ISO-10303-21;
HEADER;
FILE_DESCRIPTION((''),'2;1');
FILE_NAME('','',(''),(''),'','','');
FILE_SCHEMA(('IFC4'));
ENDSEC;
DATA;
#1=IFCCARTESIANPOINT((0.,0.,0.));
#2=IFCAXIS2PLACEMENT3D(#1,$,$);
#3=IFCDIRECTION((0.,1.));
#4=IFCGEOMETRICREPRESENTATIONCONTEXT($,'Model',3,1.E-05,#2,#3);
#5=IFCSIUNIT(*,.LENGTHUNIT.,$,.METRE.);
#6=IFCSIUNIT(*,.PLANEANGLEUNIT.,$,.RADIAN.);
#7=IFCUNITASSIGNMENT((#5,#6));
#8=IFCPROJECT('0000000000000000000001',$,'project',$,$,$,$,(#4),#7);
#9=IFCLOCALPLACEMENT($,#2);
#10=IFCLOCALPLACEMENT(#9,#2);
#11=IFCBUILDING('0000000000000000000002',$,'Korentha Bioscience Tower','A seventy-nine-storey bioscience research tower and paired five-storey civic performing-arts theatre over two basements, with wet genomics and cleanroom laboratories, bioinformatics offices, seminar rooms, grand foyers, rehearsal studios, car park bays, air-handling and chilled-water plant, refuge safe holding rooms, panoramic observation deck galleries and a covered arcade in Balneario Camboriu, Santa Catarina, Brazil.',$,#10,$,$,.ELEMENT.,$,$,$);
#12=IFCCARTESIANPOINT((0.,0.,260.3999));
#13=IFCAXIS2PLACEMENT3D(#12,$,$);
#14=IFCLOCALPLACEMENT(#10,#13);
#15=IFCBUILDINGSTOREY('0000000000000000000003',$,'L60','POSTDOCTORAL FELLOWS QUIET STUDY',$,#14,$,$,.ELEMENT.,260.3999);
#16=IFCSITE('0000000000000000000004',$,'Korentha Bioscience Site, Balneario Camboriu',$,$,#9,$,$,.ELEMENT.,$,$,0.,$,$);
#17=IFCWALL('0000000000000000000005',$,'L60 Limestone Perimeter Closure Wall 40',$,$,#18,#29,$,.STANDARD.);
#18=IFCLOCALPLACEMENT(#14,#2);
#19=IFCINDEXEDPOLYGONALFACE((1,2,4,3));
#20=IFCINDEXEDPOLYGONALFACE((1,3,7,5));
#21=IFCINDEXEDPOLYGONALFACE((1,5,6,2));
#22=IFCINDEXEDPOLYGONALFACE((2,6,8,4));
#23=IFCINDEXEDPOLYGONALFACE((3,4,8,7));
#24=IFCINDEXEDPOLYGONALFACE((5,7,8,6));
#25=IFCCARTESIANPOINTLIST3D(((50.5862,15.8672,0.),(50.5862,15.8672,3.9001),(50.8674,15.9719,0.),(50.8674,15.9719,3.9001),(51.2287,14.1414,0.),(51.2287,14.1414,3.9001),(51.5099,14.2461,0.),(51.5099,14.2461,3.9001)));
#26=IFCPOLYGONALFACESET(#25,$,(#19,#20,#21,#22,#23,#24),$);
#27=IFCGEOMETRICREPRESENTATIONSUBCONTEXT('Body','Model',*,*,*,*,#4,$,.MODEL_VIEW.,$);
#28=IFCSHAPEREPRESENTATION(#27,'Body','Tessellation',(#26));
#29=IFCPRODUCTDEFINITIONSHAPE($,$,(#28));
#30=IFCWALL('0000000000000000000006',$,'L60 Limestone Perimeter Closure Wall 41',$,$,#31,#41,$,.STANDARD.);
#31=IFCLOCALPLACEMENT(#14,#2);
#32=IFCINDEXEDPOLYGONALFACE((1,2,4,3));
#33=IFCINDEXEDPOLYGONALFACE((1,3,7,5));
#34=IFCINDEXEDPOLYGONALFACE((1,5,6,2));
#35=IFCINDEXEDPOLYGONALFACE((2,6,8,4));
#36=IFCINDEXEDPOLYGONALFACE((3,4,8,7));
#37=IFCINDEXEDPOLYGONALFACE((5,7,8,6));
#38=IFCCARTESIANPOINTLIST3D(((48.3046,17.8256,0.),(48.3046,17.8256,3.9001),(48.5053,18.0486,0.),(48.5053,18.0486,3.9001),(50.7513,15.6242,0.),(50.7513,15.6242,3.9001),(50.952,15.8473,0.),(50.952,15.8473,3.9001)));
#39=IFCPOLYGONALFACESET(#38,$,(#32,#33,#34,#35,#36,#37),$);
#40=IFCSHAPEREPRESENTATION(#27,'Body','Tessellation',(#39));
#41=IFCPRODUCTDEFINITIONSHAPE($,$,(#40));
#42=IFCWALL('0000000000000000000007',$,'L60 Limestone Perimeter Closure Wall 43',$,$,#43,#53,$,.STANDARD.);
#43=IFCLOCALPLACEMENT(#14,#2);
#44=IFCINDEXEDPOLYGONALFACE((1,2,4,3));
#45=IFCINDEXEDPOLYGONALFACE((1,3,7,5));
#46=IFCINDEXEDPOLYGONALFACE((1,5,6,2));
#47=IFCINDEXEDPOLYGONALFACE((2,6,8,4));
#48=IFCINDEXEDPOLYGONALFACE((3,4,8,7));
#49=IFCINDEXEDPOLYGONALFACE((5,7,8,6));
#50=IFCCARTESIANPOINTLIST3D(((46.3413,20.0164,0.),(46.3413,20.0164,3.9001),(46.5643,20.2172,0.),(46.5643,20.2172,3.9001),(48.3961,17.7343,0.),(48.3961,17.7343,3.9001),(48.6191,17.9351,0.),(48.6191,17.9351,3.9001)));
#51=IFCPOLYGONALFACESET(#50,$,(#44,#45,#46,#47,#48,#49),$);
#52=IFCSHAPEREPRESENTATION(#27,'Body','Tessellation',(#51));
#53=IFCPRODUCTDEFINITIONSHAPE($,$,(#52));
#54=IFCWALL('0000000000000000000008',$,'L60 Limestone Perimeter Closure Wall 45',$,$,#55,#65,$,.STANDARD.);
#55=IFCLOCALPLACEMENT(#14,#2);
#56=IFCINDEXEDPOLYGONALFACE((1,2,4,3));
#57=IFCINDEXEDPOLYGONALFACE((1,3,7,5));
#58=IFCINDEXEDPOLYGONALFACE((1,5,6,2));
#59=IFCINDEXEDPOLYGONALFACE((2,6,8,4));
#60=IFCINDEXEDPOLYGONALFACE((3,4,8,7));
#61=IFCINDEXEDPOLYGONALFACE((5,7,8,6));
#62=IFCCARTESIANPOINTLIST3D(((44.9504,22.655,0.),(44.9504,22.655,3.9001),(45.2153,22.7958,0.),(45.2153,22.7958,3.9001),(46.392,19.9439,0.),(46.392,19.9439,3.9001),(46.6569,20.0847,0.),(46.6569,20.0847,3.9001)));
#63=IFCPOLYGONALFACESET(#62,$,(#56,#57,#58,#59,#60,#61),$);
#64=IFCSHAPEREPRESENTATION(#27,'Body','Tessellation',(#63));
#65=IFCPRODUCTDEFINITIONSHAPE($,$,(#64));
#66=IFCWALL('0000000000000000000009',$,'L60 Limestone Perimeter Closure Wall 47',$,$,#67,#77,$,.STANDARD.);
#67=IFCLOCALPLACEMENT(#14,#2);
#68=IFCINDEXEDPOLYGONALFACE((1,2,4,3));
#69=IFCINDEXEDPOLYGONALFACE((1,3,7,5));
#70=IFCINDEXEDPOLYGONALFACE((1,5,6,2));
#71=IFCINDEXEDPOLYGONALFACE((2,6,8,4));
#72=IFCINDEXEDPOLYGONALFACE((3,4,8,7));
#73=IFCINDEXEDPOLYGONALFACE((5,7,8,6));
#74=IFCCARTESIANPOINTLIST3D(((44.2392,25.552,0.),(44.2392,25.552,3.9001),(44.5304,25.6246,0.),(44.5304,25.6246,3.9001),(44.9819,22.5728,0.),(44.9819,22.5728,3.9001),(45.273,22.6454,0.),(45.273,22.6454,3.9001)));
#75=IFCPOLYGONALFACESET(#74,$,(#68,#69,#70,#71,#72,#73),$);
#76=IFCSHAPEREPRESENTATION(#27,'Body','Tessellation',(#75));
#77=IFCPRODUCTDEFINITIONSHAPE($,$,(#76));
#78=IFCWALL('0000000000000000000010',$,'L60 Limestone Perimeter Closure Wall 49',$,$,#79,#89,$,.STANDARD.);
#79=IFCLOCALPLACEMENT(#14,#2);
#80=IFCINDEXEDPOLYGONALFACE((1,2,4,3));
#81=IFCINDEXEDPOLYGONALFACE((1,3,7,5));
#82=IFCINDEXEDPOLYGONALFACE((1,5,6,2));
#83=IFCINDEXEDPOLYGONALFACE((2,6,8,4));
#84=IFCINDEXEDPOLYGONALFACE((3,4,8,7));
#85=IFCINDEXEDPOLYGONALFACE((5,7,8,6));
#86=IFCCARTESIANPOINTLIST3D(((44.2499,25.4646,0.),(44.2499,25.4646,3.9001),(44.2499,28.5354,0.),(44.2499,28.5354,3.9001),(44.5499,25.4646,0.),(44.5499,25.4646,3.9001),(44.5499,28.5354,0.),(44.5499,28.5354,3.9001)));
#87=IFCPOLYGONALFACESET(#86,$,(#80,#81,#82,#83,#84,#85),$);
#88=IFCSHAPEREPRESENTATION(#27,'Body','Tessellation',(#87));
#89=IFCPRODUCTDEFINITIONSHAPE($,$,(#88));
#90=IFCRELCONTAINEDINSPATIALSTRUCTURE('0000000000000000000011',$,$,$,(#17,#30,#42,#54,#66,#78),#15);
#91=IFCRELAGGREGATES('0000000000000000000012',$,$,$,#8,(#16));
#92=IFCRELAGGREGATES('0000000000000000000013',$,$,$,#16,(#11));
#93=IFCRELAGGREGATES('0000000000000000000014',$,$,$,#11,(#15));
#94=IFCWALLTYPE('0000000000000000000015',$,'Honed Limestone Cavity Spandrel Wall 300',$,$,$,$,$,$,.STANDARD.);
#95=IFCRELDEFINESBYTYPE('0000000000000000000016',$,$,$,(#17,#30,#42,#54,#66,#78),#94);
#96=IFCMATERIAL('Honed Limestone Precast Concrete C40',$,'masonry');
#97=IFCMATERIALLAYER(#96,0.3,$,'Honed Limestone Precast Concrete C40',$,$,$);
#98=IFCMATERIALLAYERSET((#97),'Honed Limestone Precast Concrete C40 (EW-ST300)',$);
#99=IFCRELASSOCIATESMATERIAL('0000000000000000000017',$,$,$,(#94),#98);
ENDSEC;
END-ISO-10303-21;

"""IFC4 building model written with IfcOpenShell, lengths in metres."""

from ifc_helpers import new_model, si_unit, direction, frame, frame_2d, origin, place, context, subcontext, project, spatial, rectangle, extrude, material, layer, layer_set, type_object, element, save


model = new_model("IFC4")

# Units and contexts
model_context = context("Model", 3, precision=1e-05, world=origin(), true_north=direction((0.0, 1.0)))
body_context = subcontext(model_context, "Body", "Model", "MODEL_VIEW")
ifc_project = project(units=[si_unit("LENGTHUNIT", "METRE"), si_unit("PLANEANGLEUNIT", "RADIAN")], contexts=[model_context])

# Site, building, storey
site_placement = place(None, origin())
site = spatial("IfcSite", under=ifc_project, at=site_placement, Name="Korentha Bioscience Site, Balneario Camboriu", CompositionType="ELEMENT", RefElevation=0.0)
building_placement = place(site_placement, origin())
building = spatial("IfcBuilding", under=site, at=building_placement, Name="Korentha Bioscience Tower", Description="A seventy-nine-storey bioscience research tower and paired five-storey civic performing-arts theatre over two basements, with wet genomics and cleanroom laboratories, bioinformatics offices, seminar rooms, grand foyers, rehearsal studios, car park bays, air-handling and chilled-water plant, refuge safe holding rooms, panoramic observation deck galleries and a covered arcade in Balneario Camboriu, Santa Catarina, Brazil.", CompositionType="ELEMENT")
storey_placement = place(building_placement, frame((0.0, 0.0, 260.3999)))
storey = spatial("IfcBuildingStorey", under=building, at=storey_placement, Name="L60", Description="POSTDOCTORAL FELLOWS QUIET STUDY", CompositionType="ELEMENT", Elevation=260.3999)

# Walls
ifc_material_1 = material(Name="Honed Limestone Precast Concrete C40", Category="masonry")
ifc_layer_1 = layer(ifc_material_1, 0.3, Name="Honed Limestone Precast Concrete C40")
ifc_layer_set_1 = layer_set([ifc_layer_1], Name="Honed Limestone Precast Concrete C40 (EW-ST300)")
wall_type_1 = type_object("IfcWallType", Name="Honed Limestone Cavity Spandrel Wall 300", PredefinedType="STANDARD", material=ifc_layer_set_1)
wall_1_placement = place(storey_placement, frame((51.3694, 14.1936, 0.0), z_axis=(0.0, 0.0, 1.0), x_axis=(-0.348929, 0.937149, 0.0)))
element("IfcWall", 1, at=wall_1_placement, inside=storey, type_object=wall_type_1, Name="L60 Limestone Perimeter Closure Wall 40", PredefinedType="STANDARD", context=body_context, shape_type="SweptSolid", body=[
    extrude(rectangle(XDim=1.8416, YDim=0.3, at=frame_2d((0.9209, 0.0))), origin(), (0.0, 0.0, 1.0), 3.9001),
])
wall_2_placement = place(storey_placement, frame((50.8516, 15.7358, 0.0), z_axis=(0.0, 0.0, 1.0), x_axis=(-0.743397, 0.66885, 0.0)))
element("IfcWall", 2, at=wall_2_placement, inside=storey, type_object=wall_type_1, Name="L60 Limestone Perimeter Closure Wall 41", PredefinedType="STANDARD", context=body_context, shape_type="SweptSolid", body=[
    extrude(rectangle(XDim=3.2913, YDim=0.3, at=frame_2d((1.6455, 0.0))), origin(), (0.0, 0.0, 1.0), 3.9001),
])
wall_3_placement = place(storey_placement, frame((48.5076, 17.8347, 0.0), z_axis=(0.0, 0.0, 1.0), x_axis=(-0.669127, 0.743148, 0.0)))
element("IfcWall", 3, at=wall_3_placement, inside=storey, type_object=wall_type_1, Name="L60 Limestone Perimeter Closure Wall 43", PredefinedType="STANDARD", context=body_context, shape_type="SweptSolid", body=[
    extrude(rectangle(XDim=3.0708, YDim=0.3, at=frame_2d((1.5354, 0.0))), origin(), (0.0, 0.0, 1.0), 3.9001),
])
wall_4_placement = place(storey_placement, frame((46.5244, 20.0144, 0.0), z_axis=(0.0, 0.0, 1.0), x_axis=(-0.469494, 0.882936, 0.0)))
element("IfcWall", 4, at=wall_4_placement, inside=storey, type_object=wall_type_1, Name="L60 Limestone Perimeter Closure Wall 45", PredefinedType="STANDARD", context=body_context, shape_type="SweptSolid", body=[
    extrude(rectangle(XDim=3.0706, YDim=0.3, at=frame_2d((1.5352, 0.0))), origin(), (0.0, 0.0, 1.0), 3.9001),
])
wall_5_placement = place(storey_placement, frame((45.1274, 22.6091, 0.0), z_axis=(0.0, 0.0, 1.0), x_axis=(-0.241881, 0.970306, 0.0)))
element("IfcWall", 5, at=wall_5_placement, inside=storey, type_object=wall_type_1, Name="L60 Limestone Perimeter Closure Wall 47", PredefinedType="STANDARD", context=body_context, shape_type="SweptSolid", body=[
    extrude(rectangle(XDim=3.0703, YDim=0.3, at=frame_2d((1.5352, 0.0))), origin(), (0.0, 0.0, 1.0), 3.9001),
])
wall_6_placement = place(storey_placement, frame((44.3999, 25.4646, 0.0), z_axis=(0.0, 0.0, 1.0), x_axis=(0.0, 1.0, 0.0)))
element("IfcWall", 6, at=wall_6_placement, inside=storey, type_object=wall_type_1, Name="L60 Limestone Perimeter Closure Wall 49", PredefinedType="STANDARD", context=body_context, shape_type="SweptSolid", body=[
    extrude(rectangle(XDim=3.0708, YDim=0.3, at=frame_2d((1.5354, 0.0))), origin(), (0.0, 0.0, 1.0), 3.9001),
])

save(model, "model.ifc")
